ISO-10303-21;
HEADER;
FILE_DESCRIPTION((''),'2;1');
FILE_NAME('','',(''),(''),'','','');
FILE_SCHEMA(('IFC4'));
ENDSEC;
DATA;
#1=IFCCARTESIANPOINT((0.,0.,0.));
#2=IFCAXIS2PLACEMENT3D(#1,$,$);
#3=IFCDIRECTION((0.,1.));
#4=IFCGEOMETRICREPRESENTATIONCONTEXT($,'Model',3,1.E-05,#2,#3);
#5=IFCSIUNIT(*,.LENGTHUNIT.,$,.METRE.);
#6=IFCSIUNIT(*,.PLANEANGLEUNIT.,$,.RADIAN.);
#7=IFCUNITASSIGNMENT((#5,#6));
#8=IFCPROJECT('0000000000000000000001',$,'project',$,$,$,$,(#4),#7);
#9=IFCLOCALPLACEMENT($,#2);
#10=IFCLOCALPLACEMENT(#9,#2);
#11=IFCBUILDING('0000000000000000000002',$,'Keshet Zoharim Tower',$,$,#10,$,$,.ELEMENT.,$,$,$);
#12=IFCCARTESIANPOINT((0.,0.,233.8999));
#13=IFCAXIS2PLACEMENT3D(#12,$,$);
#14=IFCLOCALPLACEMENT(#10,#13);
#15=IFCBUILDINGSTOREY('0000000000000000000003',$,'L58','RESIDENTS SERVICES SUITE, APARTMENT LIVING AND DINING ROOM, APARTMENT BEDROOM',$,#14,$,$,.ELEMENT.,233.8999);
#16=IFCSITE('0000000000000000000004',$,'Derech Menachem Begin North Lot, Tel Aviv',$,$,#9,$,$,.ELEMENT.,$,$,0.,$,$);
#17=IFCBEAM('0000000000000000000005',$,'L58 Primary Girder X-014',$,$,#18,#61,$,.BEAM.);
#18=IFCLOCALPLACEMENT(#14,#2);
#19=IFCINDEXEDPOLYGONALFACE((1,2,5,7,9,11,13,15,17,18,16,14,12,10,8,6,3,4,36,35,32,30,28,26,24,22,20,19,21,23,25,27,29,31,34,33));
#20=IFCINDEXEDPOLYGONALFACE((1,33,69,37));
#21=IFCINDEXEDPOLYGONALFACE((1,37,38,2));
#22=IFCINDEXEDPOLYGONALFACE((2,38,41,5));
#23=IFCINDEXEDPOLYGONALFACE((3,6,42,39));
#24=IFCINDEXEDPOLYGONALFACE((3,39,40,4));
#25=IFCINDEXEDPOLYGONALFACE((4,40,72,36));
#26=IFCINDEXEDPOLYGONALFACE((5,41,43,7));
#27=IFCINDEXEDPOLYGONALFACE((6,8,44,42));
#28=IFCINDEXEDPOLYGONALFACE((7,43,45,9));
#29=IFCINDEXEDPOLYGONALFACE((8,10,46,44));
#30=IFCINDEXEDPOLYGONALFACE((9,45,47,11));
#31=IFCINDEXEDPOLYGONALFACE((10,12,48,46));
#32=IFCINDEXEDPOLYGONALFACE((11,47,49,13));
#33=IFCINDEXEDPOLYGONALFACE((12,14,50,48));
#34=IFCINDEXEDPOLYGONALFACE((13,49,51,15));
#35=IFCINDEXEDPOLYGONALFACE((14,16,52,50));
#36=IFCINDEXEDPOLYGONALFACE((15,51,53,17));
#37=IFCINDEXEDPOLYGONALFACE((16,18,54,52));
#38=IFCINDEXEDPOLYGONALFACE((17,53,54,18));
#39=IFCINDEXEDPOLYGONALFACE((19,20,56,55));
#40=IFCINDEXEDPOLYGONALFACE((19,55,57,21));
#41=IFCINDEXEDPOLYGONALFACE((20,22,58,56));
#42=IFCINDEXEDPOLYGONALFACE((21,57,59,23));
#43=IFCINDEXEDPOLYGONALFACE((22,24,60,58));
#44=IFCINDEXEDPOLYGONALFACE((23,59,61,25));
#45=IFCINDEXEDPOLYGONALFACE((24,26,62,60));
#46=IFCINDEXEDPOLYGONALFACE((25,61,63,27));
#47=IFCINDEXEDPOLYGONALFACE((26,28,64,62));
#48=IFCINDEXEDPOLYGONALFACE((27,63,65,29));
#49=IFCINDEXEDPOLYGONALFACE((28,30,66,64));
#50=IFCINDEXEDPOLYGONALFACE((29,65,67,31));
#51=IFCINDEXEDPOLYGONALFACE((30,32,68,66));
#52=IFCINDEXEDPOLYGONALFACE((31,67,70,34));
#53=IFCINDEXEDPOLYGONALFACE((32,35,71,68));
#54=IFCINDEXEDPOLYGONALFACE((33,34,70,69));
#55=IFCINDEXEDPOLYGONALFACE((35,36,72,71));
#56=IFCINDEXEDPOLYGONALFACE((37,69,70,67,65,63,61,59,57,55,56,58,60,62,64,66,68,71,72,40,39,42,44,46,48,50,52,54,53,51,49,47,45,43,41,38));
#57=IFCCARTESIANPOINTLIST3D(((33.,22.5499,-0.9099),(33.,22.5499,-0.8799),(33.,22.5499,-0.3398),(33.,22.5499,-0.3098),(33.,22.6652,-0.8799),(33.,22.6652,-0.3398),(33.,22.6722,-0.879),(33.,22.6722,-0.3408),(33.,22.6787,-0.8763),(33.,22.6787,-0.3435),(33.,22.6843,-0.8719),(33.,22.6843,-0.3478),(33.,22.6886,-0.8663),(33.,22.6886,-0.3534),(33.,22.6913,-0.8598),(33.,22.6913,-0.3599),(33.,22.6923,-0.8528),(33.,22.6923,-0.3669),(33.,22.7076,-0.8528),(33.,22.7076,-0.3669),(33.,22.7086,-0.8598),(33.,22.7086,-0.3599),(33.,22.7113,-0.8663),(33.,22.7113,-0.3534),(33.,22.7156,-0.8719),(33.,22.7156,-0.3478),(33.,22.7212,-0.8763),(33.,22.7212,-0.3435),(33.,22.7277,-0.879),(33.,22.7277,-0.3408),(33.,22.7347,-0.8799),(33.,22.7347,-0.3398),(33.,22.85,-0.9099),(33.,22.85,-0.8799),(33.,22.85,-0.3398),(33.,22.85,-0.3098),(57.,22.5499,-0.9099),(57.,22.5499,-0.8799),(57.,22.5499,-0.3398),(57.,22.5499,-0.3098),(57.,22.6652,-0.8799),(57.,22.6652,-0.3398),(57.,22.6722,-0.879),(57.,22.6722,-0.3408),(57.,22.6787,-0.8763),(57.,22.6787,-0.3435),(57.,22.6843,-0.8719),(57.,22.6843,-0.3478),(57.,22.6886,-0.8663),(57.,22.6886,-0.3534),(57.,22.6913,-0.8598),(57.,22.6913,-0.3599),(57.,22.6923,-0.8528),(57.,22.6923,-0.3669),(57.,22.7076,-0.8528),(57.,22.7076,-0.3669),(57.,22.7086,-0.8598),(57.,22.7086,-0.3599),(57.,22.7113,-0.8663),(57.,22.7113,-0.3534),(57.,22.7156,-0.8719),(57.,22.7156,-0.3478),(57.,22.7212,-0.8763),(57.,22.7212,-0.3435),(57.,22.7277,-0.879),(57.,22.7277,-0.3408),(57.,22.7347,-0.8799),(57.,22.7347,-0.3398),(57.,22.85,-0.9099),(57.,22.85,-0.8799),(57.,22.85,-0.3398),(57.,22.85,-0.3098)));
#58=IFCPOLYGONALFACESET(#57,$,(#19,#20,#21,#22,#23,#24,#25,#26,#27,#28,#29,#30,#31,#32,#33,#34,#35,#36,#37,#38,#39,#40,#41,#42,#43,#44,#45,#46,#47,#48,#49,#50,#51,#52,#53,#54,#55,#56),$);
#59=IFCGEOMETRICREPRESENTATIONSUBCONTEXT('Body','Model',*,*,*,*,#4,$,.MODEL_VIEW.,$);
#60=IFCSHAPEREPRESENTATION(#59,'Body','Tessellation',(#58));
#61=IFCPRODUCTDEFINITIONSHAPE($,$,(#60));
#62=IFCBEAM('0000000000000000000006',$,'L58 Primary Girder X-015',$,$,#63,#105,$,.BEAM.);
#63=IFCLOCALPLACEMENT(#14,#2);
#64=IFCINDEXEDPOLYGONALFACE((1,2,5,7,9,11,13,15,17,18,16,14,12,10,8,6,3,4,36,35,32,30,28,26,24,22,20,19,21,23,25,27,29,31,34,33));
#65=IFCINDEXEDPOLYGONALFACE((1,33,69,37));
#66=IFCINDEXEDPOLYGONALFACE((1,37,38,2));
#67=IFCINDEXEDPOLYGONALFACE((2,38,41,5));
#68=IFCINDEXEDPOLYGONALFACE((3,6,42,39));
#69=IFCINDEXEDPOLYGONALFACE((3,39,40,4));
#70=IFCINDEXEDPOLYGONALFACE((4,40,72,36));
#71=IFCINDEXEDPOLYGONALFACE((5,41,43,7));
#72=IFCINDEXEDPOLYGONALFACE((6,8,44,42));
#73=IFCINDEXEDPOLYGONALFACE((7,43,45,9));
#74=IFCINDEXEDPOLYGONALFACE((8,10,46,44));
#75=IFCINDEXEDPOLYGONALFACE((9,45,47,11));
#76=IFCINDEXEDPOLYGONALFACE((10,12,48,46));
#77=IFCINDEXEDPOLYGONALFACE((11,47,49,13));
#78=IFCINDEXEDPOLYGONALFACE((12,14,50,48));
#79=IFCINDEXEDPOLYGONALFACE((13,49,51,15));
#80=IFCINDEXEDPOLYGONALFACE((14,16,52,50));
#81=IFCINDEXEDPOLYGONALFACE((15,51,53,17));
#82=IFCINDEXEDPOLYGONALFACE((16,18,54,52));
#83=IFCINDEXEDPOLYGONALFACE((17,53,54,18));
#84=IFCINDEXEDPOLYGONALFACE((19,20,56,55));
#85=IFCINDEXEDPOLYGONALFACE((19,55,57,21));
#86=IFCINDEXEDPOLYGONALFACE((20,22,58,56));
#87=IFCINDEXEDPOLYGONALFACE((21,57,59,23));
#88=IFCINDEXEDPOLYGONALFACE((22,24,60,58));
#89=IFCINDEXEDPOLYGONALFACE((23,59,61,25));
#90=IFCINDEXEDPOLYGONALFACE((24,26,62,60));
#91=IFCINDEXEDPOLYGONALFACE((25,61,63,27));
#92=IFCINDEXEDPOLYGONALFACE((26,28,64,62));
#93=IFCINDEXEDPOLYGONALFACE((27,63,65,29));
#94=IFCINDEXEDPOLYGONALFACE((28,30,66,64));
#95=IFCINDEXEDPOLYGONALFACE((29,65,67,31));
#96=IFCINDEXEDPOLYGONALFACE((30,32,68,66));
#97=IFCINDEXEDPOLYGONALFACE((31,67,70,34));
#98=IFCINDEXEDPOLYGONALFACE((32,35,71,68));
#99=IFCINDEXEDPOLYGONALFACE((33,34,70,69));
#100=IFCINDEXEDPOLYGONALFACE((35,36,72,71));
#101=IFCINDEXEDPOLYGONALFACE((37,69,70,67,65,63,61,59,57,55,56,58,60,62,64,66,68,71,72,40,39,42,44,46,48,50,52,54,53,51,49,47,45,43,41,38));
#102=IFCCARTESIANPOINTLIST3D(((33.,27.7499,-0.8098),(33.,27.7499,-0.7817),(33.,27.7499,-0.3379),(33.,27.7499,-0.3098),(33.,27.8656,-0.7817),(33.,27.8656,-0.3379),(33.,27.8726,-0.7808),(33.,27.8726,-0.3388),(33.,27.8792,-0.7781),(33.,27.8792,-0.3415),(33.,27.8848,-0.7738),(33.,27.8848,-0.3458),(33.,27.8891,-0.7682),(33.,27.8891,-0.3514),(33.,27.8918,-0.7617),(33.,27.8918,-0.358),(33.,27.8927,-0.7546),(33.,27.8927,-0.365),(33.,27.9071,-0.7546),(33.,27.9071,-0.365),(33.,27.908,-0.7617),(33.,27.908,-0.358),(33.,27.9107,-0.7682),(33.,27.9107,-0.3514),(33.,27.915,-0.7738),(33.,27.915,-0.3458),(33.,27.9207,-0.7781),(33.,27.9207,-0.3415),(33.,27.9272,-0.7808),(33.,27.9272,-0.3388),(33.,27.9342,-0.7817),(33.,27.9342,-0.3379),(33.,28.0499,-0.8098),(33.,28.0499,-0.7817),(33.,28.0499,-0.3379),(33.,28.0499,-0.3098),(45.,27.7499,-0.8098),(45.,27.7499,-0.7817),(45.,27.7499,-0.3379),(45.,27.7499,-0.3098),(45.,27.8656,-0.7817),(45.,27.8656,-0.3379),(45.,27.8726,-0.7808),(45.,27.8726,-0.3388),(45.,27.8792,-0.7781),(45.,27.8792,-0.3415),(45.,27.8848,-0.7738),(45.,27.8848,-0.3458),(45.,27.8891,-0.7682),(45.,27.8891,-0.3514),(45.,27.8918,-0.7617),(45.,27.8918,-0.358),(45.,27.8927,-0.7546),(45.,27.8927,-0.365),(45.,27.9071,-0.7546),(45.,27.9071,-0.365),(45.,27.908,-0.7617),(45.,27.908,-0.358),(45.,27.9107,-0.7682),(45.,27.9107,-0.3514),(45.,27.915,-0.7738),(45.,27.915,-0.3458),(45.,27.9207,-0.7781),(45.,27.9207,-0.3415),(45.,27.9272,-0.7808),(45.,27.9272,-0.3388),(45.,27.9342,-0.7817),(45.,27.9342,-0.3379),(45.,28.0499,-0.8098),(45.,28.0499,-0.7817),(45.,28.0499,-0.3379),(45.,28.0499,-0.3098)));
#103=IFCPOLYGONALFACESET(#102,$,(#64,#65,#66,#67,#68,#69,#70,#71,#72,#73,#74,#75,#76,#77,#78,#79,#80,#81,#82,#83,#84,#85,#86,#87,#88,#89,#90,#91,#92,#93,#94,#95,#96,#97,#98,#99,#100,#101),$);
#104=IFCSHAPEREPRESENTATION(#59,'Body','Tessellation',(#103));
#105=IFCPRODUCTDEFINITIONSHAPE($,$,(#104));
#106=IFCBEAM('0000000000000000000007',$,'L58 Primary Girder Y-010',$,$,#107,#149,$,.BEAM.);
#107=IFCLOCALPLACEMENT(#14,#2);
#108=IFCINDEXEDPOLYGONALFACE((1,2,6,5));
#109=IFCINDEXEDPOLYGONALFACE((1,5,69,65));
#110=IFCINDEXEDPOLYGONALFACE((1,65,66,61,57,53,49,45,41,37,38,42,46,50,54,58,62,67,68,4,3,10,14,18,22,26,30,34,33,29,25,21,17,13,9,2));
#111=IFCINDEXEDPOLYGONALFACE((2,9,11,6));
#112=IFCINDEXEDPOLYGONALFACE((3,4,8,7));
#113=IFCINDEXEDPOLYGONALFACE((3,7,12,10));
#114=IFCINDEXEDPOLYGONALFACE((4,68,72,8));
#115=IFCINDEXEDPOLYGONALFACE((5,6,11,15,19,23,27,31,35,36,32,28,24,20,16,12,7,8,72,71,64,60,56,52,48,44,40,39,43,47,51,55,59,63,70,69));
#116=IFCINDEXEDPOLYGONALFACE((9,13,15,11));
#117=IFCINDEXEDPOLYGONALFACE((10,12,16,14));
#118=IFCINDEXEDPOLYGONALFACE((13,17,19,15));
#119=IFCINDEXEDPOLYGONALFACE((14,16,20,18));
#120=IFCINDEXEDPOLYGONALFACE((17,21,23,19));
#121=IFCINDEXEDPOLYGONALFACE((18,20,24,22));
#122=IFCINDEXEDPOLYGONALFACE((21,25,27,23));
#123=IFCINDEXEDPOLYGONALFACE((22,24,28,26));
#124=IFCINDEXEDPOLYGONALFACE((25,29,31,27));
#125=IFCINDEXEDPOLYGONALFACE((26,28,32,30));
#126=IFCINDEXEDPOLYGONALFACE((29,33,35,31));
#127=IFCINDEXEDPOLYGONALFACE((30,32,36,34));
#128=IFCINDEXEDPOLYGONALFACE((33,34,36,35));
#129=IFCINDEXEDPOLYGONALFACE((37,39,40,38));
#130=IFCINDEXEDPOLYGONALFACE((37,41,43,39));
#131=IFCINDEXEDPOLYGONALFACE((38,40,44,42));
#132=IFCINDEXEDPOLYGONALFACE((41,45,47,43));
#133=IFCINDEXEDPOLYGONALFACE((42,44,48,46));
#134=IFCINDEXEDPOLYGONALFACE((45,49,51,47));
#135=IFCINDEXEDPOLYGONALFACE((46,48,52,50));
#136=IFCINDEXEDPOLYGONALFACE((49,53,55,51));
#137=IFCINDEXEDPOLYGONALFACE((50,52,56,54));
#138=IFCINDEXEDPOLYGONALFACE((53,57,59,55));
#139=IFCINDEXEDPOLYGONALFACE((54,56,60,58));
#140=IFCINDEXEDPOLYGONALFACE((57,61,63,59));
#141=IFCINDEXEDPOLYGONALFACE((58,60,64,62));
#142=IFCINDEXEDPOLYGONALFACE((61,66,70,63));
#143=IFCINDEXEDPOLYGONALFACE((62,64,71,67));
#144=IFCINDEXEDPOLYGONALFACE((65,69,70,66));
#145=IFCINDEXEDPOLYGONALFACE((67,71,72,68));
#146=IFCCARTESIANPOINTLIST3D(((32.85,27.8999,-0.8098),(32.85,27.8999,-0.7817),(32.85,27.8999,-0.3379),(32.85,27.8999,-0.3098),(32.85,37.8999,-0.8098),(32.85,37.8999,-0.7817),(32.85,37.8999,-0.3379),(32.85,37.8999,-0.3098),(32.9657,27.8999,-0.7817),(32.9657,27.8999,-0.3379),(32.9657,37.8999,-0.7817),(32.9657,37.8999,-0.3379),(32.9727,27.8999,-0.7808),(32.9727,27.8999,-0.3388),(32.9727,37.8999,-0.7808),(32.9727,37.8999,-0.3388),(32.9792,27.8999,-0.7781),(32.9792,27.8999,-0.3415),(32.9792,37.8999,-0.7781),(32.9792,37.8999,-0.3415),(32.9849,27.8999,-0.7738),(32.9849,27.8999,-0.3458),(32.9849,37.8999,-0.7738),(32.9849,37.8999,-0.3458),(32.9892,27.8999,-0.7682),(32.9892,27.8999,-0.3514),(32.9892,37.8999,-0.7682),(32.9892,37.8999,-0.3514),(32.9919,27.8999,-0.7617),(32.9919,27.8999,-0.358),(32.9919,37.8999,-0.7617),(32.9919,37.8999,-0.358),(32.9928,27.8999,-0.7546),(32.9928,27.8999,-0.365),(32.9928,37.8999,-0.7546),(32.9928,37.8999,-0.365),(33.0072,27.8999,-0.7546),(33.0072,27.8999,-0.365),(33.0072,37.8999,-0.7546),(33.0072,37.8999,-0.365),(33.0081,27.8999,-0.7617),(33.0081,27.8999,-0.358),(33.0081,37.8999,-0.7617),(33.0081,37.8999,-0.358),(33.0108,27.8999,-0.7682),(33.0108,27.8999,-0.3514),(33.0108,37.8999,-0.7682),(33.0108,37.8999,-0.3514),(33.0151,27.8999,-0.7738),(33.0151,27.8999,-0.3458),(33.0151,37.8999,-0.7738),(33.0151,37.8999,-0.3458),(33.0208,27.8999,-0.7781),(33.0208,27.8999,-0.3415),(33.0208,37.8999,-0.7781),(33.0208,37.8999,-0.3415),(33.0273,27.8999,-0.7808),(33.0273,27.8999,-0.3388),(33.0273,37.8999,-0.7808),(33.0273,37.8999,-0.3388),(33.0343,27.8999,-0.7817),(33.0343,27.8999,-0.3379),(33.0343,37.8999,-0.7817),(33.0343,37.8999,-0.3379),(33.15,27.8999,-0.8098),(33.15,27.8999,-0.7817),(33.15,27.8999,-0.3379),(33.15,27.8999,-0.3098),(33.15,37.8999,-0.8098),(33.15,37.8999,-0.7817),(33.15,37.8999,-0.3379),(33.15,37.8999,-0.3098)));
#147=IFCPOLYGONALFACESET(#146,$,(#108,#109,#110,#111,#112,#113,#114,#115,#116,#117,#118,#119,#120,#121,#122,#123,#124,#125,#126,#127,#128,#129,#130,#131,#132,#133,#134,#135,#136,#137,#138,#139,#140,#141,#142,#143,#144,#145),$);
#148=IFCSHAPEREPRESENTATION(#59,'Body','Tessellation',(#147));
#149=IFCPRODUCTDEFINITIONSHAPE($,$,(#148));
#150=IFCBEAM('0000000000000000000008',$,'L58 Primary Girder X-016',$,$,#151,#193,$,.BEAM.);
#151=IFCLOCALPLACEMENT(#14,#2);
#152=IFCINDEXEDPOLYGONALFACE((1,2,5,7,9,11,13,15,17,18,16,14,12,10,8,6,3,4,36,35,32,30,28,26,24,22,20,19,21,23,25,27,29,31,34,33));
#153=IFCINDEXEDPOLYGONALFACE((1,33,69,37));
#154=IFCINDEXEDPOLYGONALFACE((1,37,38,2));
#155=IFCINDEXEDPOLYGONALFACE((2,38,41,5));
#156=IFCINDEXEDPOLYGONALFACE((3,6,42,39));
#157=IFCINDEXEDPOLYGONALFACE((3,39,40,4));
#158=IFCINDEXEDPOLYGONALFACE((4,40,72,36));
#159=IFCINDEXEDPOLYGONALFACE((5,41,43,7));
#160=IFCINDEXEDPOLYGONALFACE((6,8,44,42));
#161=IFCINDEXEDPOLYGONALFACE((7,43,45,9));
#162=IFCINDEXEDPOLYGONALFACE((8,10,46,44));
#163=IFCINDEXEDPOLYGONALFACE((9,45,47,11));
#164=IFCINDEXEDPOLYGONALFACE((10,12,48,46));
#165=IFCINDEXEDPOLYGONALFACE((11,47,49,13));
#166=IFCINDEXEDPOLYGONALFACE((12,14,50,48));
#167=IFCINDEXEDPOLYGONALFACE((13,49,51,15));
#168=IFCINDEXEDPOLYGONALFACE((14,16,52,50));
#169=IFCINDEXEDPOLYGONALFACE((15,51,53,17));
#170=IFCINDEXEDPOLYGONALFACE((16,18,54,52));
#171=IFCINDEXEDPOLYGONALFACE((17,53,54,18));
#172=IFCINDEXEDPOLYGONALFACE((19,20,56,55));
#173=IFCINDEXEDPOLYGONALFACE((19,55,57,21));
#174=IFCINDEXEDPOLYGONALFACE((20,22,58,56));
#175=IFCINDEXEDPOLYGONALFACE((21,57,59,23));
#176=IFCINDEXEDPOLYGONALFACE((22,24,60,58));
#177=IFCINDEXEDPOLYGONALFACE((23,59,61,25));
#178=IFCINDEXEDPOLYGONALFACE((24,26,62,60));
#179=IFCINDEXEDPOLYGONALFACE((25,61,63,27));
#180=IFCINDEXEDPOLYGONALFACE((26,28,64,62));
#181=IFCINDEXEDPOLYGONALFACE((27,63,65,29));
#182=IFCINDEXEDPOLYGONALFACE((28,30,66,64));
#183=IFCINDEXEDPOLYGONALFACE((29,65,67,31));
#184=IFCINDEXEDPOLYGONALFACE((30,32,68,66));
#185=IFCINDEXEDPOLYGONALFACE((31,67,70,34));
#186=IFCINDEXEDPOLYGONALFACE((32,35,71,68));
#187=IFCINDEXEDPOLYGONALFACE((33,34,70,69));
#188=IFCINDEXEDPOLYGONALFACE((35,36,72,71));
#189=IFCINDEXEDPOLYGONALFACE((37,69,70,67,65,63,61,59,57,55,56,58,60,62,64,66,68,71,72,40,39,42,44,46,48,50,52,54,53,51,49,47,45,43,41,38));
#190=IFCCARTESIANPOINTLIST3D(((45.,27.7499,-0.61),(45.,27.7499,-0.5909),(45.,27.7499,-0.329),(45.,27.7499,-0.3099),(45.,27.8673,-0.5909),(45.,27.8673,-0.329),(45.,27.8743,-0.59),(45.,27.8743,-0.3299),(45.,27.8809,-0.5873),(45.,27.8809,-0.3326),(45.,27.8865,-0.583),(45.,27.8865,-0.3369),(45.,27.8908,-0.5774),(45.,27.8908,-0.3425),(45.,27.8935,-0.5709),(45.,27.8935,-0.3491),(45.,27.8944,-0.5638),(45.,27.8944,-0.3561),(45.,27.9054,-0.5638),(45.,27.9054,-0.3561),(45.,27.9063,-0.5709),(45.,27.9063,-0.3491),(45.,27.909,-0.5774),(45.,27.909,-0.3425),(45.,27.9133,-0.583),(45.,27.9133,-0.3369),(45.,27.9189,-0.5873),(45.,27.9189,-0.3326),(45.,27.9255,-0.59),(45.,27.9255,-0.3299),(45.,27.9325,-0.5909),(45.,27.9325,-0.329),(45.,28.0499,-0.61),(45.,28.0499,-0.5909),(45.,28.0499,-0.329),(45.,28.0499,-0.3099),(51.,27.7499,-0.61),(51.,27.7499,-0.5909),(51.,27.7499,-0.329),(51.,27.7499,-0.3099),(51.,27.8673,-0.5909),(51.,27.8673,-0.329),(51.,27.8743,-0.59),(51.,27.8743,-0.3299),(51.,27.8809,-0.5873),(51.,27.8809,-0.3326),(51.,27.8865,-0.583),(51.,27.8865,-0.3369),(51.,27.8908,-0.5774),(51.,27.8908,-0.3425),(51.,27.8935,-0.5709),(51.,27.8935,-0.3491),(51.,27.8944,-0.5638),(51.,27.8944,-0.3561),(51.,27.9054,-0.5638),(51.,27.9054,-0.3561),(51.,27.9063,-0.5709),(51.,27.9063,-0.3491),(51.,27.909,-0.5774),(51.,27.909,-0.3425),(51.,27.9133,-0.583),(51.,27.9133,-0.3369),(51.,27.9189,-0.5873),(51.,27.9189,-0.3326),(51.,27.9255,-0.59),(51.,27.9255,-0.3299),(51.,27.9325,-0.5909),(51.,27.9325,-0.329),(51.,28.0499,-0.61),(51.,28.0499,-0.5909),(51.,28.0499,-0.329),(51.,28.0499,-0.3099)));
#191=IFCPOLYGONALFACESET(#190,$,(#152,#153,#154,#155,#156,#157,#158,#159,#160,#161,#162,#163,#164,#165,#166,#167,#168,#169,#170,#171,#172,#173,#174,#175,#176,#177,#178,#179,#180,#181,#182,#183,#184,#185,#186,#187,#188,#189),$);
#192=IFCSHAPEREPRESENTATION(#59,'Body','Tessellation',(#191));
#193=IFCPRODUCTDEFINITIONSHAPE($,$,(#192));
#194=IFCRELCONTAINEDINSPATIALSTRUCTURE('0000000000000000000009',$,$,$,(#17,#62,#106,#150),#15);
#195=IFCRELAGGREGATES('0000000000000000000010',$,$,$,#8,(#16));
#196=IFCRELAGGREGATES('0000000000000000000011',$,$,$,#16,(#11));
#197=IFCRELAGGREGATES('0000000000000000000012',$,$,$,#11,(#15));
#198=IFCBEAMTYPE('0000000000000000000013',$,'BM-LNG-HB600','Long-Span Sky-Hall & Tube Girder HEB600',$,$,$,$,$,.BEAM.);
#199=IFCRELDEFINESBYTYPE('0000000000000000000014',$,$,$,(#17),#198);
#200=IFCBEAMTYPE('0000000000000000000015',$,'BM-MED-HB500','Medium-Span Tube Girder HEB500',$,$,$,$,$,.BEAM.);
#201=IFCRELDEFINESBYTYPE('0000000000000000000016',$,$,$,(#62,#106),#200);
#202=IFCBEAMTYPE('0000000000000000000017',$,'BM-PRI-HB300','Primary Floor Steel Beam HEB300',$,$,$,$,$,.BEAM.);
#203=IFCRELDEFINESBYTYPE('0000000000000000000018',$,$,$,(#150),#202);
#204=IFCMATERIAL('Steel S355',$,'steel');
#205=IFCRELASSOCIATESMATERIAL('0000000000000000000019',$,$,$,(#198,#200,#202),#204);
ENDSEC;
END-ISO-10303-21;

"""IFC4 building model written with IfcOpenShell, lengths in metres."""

from ifc_helpers import new_model, si_unit, direction, frame, origin, origin_2d, place, context, subcontext, project, spatial, i_section, extrude, material, material_profile, profile_set, type_object, element, save


model = new_model("IFC4")

# Units and contexts
model_context = context("Model", 3, precision=1e-05, world=origin(), true_north=direction((0.0, 1.0)))
body_context = subcontext(model_context, "Body", "Model", "MODEL_VIEW")
ifc_project = project(units=[si_unit("LENGTHUNIT", "METRE"), si_unit("PLANEANGLEUNIT", "RADIAN")], contexts=[model_context])

# Site, building, storey
site_placement = place(None, origin())
site = spatial("IfcSite", under=ifc_project, at=site_placement, Name="Derech Menachem Begin North Lot, Tel Aviv", CompositionType="ELEMENT", RefElevation=0.0)
building_placement = place(site_placement, origin())
building = spatial("IfcBuilding", under=site, at=building_placement, Name="Keshet Zoharim Tower", CompositionType="ELEMENT")
storey_placement = place(building_placement, frame((0.0, 0.0, 233.8999)))
storey = spatial("IfcBuildingStorey", under=building, at=storey_placement, Name="L58", Description="RESIDENTS SERVICES SUITE, APARTMENT LIVING AND DINING ROOM, APARTMENT BEDROOM", CompositionType="ELEMENT", Elevation=233.8999)

# Shared definitions
ifc_material_1 = material(Name="Steel S355", Category="steel")

# Beams
ifc_material_profile_1 = material_profile(ifc_material_1, i_section(OverallWidth=0.3, OverallDepth=0.6001, WebThickness=0.0154, FlangeThickness=0.03, FilletRadius=0.0271, at=origin_2d()), Name="HEB600")
ifc_profile_set_1 = profile_set([ifc_material_profile_1], Name="Steel S355")
beam_type_1 = type_object("IfcBeamType", Name="BM-LNG-HB600", Description="Long-Span Sky-Hall & Tube Girder HEB600", PredefinedType="BEAM", material=ifc_profile_set_1)
beam_1_placement = place(storey_placement, frame((33.0, 22.7, -0.6099), z_axis=(1.0, 0.0, 0.0), x_axis=(0.0, 1.0, 0.0)))
element("IfcBeam", 1, at=beam_1_placement, inside=storey, type_object=beam_type_1, Name="L58 Primary Girder X-014", PredefinedType="BEAM", context=body_context, shape_type="SweptSolid", body=[
    extrude(i_section(OverallWidth=0.3, OverallDepth=0.6001, WebThickness=0.0154, FlangeThickness=0.03, FilletRadius=0.0271, at=origin_2d()), origin(), (0.0, 0.0, 1.0), 24.0),
])
ifc_material_profile_2 = material_profile(ifc_material_1, i_section(OverallWidth=0.3, OverallDepth=0.5, WebThickness=0.0144, FlangeThickness=0.0281, FilletRadius=0.0271, at=origin_2d()), Name="HEB500")
ifc_profile_set_2 = profile_set([ifc_material_profile_2], Name="Steel S355")
beam_type_2 = type_object("IfcBeamType", Name="BM-MED-HB500", Description="Medium-Span Tube Girder HEB500", PredefinedType="BEAM", material=ifc_profile_set_2)
beam_2_placement = place(storey_placement, frame((33.0, 27.8999, -0.5598), z_axis=(1.0, 0.0, 0.0), x_axis=(0.0, 1.0, 0.0)))
element("IfcBeam", 2, at=beam_2_placement, inside=storey, type_object=beam_type_2, Name="L58 Primary Girder X-015", PredefinedType="BEAM", context=body_context, shape_type="SweptSolid", body=[
    extrude(i_section(OverallWidth=0.3, OverallDepth=0.5, WebThickness=0.0144, FlangeThickness=0.0281, FilletRadius=0.0271, at=origin_2d()), origin(), (0.0, 0.0, 1.0), 12.0),
])
beam_3_placement = place(storey_placement, frame((33.0, 27.8999, -0.5598), z_axis=(0.0, 1.0, 0.0), x_axis=(-1.0, 0.0, 0.0)))
element("IfcBeam", 3, at=beam_3_placement, inside=storey, type_object=beam_type_2, Name="L58 Primary Girder Y-010", PredefinedType="BEAM", context=body_context, shape_type="SweptSolid", body=[
    extrude(i_section(OverallWidth=0.3, OverallDepth=0.5, WebThickness=0.0144, FlangeThickness=0.0281, FilletRadius=0.0271, at=origin_2d()), origin(), (0.0, 0.0, 1.0), 10.0),
])
ifc_material_profile_3 = material_profile(ifc_material_1, i_section(OverallWidth=0.3, OverallDepth=0.3, WebThickness=0.011, FlangeThickness=0.019, FilletRadius=0.0271, at=origin_2d()), Name="HEB300")
ifc_profile_set_3 = profile_set([ifc_material_profile_3], Name="Steel S355")
beam_type_3 = type_object("IfcBeamType", Name="BM-PRI-HB300", Description="Primary Floor Steel Beam HEB300", PredefinedType="BEAM", material=ifc_profile_set_3)
beam_4_placement = place(storey_placement, frame((45.0, 27.8999, -0.46), z_axis=(1.0, 0.0, 0.0), x_axis=(0.0, 1.0, 0.0)))
element("IfcBeam", 4, at=beam_4_placement, inside=storey, type_object=beam_type_3, Name="L58 Primary Girder X-016", PredefinedType="BEAM", context=body_context, shape_type="SweptSolid", body=[
    extrude(i_section(OverallWidth=0.3, OverallDepth=0.3, WebThickness=0.011, FlangeThickness=0.019, FilletRadius=0.0271, at=origin_2d()), origin(), (0.0, 0.0, 1.0), 6.0),
])

save(model, "model.ifc")
